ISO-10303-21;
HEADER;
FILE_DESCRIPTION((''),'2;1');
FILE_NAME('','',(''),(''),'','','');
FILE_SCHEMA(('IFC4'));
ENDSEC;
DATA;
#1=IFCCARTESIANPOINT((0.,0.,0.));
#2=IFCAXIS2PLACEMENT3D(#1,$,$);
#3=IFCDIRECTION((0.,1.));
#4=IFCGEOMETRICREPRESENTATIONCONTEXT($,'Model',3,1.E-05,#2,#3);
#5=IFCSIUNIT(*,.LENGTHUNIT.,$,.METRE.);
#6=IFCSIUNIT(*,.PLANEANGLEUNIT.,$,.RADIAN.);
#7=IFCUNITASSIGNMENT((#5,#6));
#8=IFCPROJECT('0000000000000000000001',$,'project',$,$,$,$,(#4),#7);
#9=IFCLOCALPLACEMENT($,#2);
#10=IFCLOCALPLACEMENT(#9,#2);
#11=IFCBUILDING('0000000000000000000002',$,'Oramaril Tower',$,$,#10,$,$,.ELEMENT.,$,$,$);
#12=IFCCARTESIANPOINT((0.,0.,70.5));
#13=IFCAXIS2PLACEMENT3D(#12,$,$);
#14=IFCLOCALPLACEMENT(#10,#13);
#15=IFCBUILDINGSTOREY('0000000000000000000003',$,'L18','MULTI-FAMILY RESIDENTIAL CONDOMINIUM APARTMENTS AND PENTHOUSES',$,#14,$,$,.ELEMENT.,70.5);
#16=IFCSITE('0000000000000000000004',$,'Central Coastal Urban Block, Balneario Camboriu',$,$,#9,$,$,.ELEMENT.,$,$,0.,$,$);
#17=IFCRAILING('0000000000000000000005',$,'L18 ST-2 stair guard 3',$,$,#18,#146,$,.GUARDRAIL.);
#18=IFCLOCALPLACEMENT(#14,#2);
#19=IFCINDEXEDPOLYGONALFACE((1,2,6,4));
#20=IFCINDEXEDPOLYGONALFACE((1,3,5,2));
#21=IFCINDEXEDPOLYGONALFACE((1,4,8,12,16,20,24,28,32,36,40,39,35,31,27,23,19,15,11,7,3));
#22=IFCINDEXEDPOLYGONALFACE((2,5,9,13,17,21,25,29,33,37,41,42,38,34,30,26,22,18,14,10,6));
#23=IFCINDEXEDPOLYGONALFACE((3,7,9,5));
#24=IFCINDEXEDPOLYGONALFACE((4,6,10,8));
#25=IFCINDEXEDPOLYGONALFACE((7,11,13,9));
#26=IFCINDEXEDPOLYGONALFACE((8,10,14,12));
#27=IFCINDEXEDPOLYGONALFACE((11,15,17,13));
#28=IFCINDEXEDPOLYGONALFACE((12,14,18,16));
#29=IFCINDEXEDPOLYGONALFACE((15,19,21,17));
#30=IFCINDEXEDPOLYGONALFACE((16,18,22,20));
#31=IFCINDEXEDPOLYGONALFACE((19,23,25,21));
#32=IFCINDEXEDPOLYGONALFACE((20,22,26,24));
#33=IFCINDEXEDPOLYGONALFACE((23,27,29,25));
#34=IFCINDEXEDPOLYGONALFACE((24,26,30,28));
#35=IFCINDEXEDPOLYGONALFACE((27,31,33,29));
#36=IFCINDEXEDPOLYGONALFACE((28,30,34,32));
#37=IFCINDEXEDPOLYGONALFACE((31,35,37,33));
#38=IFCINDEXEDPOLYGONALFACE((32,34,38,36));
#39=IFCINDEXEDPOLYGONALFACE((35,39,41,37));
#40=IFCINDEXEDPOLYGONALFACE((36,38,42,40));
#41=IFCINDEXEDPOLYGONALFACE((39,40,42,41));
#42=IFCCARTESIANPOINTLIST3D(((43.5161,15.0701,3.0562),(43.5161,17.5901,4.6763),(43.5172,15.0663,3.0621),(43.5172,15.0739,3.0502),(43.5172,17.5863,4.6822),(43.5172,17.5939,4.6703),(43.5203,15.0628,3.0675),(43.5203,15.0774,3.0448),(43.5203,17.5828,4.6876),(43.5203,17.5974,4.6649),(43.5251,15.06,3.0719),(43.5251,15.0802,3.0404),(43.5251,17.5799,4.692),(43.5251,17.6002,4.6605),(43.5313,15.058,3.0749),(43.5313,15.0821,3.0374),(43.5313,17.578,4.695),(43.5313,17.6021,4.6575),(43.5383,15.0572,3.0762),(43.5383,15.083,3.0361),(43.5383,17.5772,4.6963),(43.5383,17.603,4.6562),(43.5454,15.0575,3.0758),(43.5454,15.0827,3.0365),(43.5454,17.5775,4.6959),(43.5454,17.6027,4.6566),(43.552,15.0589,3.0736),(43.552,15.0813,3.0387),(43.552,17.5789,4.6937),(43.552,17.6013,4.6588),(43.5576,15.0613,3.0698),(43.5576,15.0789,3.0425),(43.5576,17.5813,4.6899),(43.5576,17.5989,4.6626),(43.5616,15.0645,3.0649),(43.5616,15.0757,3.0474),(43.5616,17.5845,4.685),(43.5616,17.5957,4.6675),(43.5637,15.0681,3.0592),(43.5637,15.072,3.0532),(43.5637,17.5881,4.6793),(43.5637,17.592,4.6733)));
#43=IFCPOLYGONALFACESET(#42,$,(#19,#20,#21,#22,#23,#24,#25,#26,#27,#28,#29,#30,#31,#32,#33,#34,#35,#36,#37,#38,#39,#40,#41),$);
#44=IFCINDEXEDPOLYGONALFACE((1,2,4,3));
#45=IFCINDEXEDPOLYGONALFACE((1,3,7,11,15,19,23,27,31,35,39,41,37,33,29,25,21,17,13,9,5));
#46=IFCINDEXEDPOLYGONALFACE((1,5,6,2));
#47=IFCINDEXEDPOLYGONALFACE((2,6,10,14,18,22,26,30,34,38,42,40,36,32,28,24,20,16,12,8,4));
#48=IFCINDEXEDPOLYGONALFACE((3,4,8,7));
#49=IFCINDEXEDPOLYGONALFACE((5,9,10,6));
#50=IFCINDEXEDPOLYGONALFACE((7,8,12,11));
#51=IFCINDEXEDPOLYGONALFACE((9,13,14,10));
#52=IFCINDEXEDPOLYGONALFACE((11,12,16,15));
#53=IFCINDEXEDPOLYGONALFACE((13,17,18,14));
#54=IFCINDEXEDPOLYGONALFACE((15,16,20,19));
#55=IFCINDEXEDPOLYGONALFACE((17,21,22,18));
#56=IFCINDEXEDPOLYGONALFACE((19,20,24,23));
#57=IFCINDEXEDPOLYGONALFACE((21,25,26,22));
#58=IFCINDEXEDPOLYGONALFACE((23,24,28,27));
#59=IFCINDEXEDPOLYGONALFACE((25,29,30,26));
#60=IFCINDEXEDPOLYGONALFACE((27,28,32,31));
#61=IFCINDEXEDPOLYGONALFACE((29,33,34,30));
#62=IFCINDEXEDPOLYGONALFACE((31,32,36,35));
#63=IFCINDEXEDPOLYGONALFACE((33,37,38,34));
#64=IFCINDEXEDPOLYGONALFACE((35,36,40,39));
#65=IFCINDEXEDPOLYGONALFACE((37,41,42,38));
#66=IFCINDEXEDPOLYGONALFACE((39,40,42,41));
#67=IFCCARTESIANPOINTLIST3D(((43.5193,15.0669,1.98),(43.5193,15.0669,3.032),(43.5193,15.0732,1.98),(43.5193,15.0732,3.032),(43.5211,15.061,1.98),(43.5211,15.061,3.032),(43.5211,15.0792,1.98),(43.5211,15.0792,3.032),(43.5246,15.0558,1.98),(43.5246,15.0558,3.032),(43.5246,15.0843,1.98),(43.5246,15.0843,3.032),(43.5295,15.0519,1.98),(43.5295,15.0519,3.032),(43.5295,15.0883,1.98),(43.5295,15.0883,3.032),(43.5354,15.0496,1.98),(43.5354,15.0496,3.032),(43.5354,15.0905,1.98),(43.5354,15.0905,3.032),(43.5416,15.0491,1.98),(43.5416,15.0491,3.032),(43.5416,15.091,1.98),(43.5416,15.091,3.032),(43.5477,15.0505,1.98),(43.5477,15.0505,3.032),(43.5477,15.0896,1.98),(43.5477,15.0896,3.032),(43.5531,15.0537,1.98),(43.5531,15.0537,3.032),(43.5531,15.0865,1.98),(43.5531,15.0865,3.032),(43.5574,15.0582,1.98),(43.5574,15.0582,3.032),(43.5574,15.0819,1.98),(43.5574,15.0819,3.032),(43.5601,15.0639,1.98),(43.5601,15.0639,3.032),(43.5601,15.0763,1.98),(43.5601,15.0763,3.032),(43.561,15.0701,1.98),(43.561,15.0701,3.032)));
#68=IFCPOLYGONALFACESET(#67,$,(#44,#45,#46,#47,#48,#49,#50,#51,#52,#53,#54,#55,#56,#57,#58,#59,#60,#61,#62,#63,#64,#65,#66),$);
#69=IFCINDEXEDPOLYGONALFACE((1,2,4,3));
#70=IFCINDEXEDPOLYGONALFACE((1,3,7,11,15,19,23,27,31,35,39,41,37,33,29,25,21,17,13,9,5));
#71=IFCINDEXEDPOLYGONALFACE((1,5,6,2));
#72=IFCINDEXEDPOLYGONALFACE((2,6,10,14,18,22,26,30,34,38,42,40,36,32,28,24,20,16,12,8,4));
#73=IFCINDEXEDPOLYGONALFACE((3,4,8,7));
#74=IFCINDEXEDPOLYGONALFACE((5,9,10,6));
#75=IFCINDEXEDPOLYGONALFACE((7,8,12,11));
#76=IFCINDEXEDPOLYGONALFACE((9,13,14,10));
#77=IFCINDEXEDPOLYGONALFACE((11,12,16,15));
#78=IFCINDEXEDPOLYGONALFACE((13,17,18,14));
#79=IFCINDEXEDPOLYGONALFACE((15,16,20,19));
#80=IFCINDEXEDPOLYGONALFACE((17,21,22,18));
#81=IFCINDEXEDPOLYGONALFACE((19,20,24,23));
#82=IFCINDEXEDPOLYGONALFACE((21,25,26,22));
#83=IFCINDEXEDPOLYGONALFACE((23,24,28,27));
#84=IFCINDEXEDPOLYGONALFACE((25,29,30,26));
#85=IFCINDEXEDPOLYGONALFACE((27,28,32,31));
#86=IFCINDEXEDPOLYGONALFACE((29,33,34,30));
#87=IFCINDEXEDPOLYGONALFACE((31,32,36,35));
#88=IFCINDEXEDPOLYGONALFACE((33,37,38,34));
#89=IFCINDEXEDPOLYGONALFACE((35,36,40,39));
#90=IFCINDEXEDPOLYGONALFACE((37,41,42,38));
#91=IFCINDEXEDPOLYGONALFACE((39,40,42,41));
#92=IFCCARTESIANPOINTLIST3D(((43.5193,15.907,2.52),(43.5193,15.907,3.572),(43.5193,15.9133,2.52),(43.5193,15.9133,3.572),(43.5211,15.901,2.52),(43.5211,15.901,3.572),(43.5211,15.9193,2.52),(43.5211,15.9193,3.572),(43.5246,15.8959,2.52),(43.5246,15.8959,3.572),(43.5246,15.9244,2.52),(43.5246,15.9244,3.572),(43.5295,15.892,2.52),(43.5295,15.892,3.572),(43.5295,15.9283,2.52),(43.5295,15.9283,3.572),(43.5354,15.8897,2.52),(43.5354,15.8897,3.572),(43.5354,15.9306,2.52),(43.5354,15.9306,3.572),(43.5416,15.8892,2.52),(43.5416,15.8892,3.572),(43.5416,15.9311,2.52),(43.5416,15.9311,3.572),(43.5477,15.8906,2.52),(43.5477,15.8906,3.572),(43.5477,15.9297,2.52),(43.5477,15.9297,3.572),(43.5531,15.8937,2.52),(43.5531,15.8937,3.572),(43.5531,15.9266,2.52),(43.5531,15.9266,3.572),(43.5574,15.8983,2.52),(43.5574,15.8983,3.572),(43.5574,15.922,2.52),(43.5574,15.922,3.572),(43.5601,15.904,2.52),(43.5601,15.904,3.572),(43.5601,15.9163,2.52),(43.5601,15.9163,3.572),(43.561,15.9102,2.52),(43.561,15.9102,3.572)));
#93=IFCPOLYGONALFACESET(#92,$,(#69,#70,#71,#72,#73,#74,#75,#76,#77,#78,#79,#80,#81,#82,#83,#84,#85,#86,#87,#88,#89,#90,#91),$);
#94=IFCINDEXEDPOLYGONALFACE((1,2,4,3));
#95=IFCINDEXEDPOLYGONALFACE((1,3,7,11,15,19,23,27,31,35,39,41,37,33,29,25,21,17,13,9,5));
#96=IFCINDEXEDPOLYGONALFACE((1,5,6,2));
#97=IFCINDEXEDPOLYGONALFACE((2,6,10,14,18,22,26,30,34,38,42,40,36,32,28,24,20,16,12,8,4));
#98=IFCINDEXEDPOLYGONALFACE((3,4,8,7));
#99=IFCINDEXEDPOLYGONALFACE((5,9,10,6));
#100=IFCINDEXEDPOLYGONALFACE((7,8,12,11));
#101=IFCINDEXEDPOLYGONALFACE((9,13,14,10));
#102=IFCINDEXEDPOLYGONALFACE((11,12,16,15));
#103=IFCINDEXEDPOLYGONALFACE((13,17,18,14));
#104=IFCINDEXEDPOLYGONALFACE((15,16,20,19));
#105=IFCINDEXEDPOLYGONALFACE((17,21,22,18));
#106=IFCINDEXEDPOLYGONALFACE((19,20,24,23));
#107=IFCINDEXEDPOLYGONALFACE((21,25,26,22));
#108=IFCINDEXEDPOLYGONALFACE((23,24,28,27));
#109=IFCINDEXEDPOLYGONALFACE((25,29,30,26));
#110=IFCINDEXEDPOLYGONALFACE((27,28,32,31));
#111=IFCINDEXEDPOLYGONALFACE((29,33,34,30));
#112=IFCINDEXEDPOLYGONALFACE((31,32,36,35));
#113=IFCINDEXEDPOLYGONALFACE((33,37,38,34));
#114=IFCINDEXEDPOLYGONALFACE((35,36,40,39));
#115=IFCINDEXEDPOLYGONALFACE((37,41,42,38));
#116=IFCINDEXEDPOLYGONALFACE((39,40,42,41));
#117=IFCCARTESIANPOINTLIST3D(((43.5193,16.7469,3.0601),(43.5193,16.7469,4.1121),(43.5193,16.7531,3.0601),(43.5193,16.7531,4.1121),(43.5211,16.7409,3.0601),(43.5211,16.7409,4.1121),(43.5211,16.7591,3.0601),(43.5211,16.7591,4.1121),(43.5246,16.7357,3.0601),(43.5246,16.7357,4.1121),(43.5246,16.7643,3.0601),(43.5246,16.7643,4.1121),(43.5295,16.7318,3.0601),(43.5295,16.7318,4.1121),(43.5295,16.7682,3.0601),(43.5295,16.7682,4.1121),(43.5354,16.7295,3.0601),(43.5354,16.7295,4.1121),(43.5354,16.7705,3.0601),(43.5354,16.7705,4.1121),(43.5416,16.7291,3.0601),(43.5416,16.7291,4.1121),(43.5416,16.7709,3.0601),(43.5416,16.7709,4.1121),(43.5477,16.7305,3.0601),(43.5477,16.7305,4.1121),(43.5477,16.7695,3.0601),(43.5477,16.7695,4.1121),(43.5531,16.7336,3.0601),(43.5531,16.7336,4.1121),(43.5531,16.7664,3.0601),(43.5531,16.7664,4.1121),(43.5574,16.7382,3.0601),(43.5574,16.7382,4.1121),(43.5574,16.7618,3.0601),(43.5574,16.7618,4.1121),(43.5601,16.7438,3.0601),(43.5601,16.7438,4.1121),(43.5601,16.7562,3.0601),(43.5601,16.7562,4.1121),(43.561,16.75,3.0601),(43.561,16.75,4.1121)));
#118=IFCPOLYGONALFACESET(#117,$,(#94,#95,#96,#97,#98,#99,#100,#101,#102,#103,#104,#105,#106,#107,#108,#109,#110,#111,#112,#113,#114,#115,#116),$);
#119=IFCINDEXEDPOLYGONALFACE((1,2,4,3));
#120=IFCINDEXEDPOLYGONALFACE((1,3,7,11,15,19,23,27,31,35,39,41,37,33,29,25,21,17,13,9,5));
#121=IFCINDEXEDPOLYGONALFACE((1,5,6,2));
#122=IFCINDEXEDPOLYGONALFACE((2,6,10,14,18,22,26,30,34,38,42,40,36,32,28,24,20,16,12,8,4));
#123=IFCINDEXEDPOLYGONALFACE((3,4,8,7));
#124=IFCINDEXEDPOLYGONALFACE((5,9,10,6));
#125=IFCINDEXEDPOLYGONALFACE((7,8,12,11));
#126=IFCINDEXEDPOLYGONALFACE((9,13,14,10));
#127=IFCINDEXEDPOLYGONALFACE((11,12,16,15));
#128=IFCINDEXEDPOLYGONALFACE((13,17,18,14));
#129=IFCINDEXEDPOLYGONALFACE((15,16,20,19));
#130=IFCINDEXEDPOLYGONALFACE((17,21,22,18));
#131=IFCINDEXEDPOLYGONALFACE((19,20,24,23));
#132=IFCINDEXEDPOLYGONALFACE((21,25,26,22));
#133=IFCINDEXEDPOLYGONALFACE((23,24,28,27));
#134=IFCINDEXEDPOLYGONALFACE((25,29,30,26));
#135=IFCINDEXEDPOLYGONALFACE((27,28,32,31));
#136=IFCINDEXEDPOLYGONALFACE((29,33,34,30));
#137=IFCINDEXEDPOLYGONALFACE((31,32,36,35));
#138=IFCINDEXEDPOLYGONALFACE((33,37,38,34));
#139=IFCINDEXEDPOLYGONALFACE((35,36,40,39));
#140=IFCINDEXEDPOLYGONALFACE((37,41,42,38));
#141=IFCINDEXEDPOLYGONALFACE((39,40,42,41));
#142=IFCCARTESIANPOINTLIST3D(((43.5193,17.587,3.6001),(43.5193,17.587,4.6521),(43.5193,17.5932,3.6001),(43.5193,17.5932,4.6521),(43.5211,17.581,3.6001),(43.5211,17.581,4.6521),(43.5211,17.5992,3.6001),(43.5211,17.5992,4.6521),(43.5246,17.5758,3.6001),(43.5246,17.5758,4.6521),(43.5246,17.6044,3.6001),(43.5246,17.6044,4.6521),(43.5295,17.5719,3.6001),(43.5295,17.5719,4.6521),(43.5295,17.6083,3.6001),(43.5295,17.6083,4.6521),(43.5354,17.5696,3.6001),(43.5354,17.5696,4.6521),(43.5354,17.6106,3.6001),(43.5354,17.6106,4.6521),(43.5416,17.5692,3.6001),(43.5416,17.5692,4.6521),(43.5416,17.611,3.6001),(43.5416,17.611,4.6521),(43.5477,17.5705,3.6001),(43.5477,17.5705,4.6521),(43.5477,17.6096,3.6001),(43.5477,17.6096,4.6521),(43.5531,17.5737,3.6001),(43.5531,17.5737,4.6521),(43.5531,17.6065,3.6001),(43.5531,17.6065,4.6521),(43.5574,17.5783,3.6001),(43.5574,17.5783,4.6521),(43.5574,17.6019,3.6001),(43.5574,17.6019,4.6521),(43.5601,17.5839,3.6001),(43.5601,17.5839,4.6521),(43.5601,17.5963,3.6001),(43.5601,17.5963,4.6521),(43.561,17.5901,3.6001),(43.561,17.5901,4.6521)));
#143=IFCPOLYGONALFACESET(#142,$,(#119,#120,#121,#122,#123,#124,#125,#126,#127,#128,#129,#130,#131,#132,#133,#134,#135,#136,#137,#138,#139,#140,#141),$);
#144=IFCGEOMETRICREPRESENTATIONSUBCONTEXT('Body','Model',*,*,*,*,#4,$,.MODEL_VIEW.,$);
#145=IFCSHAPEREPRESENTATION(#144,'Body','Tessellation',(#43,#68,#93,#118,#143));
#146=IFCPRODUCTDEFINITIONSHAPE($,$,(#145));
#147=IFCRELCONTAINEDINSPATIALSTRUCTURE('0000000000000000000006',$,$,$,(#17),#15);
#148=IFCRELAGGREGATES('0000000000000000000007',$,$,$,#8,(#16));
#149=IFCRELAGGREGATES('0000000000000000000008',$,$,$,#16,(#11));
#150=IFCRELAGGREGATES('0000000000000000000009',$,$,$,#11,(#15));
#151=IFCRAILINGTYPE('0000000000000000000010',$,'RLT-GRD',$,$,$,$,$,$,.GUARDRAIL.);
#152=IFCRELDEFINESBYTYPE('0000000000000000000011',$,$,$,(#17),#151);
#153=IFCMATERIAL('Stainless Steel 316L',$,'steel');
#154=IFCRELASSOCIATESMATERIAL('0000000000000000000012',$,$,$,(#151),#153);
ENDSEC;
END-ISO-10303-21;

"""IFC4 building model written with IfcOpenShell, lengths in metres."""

from ifc_helpers import new_model, si_unit, direction, frame, origin, origin_2d, place, context, subcontext, project, spatial, circle, extrude, material, type_object, element, save


model = new_model("IFC4")

# Units and contexts
model_context = context("Model", 3, precision=1e-05, world=origin(), true_north=direction((0.0, 1.0)))
body_context = subcontext(model_context, "Body", "Model", "MODEL_VIEW")
ifc_project = project(units=[si_unit("LENGTHUNIT", "METRE"), si_unit("PLANEANGLEUNIT", "RADIAN")], contexts=[model_context])

# Site, building, storey
site_placement = place(None, origin())
site = spatial("IfcSite", under=ifc_project, at=site_placement, Name="Central Coastal Urban Block, Balneario Camboriu", CompositionType="ELEMENT", RefElevation=0.0)
building_placement = place(site_placement, origin())
building = spatial("IfcBuilding", under=site, at=building_placement, Name="Oramaril Tower", CompositionType="ELEMENT")
storey_placement = place(building_placement, frame((0.0, 0.0, 70.5)))
storey = spatial("IfcBuildingStorey", under=building, at=storey_placement, Name="L18", Description="MULTI-FAMILY RESIDENTIAL CONDOMINIUM APARTMENTS AND PENTHOUSES", CompositionType="ELEMENT", Elevation=70.5)

# Railing
ifc_material_1 = material(Name="Stainless Steel 316L", Category="steel")
railing_type_1 = type_object("IfcRailingType", Name="RLT-GRD", PredefinedType="GUARDRAIL", material=ifc_material_1)
railing_1_placement = place(storey_placement, frame((43.54, 15.0701, 1.98)))
element("IfcRailing", 1, at=railing_1_placement, inside=storey, type_object=railing_type_1, Name="L18 ST-2 stair guard 3", PredefinedType="GUARDRAIL", context=body_context, shape_type="SweptSolid", body=[
    extrude(circle(Radius=0.0239, at=origin_2d()), frame((0.0, 0.0, 1.0762), z_axis=(0.0, 0.841163, 0.540782), x_axis=(-1.0, 0.0, 0.0)), (0.0, 0.0, 1.0), 2.9958),
    extrude(circle(Radius=0.021, at=origin_2d()), origin(), (0.0, 0.0, 1.0), 1.052),
    extrude(circle(Radius=0.021, at=origin_2d()), frame((0.0, 0.8401, 0.54)), (0.0, 0.0, 1.0), 1.052),
    extrude(circle(Radius=0.021, at=origin_2d()), frame((0.0, 1.6799, 1.0801)), (0.0, 0.0, 1.0), 1.052),
    extrude(circle(Radius=0.021, at=origin_2d()), frame((0.0, 2.52, 1.6201)), (0.0, 0.0, 1.0), 1.052),
])

save(model, "model.ifc")
